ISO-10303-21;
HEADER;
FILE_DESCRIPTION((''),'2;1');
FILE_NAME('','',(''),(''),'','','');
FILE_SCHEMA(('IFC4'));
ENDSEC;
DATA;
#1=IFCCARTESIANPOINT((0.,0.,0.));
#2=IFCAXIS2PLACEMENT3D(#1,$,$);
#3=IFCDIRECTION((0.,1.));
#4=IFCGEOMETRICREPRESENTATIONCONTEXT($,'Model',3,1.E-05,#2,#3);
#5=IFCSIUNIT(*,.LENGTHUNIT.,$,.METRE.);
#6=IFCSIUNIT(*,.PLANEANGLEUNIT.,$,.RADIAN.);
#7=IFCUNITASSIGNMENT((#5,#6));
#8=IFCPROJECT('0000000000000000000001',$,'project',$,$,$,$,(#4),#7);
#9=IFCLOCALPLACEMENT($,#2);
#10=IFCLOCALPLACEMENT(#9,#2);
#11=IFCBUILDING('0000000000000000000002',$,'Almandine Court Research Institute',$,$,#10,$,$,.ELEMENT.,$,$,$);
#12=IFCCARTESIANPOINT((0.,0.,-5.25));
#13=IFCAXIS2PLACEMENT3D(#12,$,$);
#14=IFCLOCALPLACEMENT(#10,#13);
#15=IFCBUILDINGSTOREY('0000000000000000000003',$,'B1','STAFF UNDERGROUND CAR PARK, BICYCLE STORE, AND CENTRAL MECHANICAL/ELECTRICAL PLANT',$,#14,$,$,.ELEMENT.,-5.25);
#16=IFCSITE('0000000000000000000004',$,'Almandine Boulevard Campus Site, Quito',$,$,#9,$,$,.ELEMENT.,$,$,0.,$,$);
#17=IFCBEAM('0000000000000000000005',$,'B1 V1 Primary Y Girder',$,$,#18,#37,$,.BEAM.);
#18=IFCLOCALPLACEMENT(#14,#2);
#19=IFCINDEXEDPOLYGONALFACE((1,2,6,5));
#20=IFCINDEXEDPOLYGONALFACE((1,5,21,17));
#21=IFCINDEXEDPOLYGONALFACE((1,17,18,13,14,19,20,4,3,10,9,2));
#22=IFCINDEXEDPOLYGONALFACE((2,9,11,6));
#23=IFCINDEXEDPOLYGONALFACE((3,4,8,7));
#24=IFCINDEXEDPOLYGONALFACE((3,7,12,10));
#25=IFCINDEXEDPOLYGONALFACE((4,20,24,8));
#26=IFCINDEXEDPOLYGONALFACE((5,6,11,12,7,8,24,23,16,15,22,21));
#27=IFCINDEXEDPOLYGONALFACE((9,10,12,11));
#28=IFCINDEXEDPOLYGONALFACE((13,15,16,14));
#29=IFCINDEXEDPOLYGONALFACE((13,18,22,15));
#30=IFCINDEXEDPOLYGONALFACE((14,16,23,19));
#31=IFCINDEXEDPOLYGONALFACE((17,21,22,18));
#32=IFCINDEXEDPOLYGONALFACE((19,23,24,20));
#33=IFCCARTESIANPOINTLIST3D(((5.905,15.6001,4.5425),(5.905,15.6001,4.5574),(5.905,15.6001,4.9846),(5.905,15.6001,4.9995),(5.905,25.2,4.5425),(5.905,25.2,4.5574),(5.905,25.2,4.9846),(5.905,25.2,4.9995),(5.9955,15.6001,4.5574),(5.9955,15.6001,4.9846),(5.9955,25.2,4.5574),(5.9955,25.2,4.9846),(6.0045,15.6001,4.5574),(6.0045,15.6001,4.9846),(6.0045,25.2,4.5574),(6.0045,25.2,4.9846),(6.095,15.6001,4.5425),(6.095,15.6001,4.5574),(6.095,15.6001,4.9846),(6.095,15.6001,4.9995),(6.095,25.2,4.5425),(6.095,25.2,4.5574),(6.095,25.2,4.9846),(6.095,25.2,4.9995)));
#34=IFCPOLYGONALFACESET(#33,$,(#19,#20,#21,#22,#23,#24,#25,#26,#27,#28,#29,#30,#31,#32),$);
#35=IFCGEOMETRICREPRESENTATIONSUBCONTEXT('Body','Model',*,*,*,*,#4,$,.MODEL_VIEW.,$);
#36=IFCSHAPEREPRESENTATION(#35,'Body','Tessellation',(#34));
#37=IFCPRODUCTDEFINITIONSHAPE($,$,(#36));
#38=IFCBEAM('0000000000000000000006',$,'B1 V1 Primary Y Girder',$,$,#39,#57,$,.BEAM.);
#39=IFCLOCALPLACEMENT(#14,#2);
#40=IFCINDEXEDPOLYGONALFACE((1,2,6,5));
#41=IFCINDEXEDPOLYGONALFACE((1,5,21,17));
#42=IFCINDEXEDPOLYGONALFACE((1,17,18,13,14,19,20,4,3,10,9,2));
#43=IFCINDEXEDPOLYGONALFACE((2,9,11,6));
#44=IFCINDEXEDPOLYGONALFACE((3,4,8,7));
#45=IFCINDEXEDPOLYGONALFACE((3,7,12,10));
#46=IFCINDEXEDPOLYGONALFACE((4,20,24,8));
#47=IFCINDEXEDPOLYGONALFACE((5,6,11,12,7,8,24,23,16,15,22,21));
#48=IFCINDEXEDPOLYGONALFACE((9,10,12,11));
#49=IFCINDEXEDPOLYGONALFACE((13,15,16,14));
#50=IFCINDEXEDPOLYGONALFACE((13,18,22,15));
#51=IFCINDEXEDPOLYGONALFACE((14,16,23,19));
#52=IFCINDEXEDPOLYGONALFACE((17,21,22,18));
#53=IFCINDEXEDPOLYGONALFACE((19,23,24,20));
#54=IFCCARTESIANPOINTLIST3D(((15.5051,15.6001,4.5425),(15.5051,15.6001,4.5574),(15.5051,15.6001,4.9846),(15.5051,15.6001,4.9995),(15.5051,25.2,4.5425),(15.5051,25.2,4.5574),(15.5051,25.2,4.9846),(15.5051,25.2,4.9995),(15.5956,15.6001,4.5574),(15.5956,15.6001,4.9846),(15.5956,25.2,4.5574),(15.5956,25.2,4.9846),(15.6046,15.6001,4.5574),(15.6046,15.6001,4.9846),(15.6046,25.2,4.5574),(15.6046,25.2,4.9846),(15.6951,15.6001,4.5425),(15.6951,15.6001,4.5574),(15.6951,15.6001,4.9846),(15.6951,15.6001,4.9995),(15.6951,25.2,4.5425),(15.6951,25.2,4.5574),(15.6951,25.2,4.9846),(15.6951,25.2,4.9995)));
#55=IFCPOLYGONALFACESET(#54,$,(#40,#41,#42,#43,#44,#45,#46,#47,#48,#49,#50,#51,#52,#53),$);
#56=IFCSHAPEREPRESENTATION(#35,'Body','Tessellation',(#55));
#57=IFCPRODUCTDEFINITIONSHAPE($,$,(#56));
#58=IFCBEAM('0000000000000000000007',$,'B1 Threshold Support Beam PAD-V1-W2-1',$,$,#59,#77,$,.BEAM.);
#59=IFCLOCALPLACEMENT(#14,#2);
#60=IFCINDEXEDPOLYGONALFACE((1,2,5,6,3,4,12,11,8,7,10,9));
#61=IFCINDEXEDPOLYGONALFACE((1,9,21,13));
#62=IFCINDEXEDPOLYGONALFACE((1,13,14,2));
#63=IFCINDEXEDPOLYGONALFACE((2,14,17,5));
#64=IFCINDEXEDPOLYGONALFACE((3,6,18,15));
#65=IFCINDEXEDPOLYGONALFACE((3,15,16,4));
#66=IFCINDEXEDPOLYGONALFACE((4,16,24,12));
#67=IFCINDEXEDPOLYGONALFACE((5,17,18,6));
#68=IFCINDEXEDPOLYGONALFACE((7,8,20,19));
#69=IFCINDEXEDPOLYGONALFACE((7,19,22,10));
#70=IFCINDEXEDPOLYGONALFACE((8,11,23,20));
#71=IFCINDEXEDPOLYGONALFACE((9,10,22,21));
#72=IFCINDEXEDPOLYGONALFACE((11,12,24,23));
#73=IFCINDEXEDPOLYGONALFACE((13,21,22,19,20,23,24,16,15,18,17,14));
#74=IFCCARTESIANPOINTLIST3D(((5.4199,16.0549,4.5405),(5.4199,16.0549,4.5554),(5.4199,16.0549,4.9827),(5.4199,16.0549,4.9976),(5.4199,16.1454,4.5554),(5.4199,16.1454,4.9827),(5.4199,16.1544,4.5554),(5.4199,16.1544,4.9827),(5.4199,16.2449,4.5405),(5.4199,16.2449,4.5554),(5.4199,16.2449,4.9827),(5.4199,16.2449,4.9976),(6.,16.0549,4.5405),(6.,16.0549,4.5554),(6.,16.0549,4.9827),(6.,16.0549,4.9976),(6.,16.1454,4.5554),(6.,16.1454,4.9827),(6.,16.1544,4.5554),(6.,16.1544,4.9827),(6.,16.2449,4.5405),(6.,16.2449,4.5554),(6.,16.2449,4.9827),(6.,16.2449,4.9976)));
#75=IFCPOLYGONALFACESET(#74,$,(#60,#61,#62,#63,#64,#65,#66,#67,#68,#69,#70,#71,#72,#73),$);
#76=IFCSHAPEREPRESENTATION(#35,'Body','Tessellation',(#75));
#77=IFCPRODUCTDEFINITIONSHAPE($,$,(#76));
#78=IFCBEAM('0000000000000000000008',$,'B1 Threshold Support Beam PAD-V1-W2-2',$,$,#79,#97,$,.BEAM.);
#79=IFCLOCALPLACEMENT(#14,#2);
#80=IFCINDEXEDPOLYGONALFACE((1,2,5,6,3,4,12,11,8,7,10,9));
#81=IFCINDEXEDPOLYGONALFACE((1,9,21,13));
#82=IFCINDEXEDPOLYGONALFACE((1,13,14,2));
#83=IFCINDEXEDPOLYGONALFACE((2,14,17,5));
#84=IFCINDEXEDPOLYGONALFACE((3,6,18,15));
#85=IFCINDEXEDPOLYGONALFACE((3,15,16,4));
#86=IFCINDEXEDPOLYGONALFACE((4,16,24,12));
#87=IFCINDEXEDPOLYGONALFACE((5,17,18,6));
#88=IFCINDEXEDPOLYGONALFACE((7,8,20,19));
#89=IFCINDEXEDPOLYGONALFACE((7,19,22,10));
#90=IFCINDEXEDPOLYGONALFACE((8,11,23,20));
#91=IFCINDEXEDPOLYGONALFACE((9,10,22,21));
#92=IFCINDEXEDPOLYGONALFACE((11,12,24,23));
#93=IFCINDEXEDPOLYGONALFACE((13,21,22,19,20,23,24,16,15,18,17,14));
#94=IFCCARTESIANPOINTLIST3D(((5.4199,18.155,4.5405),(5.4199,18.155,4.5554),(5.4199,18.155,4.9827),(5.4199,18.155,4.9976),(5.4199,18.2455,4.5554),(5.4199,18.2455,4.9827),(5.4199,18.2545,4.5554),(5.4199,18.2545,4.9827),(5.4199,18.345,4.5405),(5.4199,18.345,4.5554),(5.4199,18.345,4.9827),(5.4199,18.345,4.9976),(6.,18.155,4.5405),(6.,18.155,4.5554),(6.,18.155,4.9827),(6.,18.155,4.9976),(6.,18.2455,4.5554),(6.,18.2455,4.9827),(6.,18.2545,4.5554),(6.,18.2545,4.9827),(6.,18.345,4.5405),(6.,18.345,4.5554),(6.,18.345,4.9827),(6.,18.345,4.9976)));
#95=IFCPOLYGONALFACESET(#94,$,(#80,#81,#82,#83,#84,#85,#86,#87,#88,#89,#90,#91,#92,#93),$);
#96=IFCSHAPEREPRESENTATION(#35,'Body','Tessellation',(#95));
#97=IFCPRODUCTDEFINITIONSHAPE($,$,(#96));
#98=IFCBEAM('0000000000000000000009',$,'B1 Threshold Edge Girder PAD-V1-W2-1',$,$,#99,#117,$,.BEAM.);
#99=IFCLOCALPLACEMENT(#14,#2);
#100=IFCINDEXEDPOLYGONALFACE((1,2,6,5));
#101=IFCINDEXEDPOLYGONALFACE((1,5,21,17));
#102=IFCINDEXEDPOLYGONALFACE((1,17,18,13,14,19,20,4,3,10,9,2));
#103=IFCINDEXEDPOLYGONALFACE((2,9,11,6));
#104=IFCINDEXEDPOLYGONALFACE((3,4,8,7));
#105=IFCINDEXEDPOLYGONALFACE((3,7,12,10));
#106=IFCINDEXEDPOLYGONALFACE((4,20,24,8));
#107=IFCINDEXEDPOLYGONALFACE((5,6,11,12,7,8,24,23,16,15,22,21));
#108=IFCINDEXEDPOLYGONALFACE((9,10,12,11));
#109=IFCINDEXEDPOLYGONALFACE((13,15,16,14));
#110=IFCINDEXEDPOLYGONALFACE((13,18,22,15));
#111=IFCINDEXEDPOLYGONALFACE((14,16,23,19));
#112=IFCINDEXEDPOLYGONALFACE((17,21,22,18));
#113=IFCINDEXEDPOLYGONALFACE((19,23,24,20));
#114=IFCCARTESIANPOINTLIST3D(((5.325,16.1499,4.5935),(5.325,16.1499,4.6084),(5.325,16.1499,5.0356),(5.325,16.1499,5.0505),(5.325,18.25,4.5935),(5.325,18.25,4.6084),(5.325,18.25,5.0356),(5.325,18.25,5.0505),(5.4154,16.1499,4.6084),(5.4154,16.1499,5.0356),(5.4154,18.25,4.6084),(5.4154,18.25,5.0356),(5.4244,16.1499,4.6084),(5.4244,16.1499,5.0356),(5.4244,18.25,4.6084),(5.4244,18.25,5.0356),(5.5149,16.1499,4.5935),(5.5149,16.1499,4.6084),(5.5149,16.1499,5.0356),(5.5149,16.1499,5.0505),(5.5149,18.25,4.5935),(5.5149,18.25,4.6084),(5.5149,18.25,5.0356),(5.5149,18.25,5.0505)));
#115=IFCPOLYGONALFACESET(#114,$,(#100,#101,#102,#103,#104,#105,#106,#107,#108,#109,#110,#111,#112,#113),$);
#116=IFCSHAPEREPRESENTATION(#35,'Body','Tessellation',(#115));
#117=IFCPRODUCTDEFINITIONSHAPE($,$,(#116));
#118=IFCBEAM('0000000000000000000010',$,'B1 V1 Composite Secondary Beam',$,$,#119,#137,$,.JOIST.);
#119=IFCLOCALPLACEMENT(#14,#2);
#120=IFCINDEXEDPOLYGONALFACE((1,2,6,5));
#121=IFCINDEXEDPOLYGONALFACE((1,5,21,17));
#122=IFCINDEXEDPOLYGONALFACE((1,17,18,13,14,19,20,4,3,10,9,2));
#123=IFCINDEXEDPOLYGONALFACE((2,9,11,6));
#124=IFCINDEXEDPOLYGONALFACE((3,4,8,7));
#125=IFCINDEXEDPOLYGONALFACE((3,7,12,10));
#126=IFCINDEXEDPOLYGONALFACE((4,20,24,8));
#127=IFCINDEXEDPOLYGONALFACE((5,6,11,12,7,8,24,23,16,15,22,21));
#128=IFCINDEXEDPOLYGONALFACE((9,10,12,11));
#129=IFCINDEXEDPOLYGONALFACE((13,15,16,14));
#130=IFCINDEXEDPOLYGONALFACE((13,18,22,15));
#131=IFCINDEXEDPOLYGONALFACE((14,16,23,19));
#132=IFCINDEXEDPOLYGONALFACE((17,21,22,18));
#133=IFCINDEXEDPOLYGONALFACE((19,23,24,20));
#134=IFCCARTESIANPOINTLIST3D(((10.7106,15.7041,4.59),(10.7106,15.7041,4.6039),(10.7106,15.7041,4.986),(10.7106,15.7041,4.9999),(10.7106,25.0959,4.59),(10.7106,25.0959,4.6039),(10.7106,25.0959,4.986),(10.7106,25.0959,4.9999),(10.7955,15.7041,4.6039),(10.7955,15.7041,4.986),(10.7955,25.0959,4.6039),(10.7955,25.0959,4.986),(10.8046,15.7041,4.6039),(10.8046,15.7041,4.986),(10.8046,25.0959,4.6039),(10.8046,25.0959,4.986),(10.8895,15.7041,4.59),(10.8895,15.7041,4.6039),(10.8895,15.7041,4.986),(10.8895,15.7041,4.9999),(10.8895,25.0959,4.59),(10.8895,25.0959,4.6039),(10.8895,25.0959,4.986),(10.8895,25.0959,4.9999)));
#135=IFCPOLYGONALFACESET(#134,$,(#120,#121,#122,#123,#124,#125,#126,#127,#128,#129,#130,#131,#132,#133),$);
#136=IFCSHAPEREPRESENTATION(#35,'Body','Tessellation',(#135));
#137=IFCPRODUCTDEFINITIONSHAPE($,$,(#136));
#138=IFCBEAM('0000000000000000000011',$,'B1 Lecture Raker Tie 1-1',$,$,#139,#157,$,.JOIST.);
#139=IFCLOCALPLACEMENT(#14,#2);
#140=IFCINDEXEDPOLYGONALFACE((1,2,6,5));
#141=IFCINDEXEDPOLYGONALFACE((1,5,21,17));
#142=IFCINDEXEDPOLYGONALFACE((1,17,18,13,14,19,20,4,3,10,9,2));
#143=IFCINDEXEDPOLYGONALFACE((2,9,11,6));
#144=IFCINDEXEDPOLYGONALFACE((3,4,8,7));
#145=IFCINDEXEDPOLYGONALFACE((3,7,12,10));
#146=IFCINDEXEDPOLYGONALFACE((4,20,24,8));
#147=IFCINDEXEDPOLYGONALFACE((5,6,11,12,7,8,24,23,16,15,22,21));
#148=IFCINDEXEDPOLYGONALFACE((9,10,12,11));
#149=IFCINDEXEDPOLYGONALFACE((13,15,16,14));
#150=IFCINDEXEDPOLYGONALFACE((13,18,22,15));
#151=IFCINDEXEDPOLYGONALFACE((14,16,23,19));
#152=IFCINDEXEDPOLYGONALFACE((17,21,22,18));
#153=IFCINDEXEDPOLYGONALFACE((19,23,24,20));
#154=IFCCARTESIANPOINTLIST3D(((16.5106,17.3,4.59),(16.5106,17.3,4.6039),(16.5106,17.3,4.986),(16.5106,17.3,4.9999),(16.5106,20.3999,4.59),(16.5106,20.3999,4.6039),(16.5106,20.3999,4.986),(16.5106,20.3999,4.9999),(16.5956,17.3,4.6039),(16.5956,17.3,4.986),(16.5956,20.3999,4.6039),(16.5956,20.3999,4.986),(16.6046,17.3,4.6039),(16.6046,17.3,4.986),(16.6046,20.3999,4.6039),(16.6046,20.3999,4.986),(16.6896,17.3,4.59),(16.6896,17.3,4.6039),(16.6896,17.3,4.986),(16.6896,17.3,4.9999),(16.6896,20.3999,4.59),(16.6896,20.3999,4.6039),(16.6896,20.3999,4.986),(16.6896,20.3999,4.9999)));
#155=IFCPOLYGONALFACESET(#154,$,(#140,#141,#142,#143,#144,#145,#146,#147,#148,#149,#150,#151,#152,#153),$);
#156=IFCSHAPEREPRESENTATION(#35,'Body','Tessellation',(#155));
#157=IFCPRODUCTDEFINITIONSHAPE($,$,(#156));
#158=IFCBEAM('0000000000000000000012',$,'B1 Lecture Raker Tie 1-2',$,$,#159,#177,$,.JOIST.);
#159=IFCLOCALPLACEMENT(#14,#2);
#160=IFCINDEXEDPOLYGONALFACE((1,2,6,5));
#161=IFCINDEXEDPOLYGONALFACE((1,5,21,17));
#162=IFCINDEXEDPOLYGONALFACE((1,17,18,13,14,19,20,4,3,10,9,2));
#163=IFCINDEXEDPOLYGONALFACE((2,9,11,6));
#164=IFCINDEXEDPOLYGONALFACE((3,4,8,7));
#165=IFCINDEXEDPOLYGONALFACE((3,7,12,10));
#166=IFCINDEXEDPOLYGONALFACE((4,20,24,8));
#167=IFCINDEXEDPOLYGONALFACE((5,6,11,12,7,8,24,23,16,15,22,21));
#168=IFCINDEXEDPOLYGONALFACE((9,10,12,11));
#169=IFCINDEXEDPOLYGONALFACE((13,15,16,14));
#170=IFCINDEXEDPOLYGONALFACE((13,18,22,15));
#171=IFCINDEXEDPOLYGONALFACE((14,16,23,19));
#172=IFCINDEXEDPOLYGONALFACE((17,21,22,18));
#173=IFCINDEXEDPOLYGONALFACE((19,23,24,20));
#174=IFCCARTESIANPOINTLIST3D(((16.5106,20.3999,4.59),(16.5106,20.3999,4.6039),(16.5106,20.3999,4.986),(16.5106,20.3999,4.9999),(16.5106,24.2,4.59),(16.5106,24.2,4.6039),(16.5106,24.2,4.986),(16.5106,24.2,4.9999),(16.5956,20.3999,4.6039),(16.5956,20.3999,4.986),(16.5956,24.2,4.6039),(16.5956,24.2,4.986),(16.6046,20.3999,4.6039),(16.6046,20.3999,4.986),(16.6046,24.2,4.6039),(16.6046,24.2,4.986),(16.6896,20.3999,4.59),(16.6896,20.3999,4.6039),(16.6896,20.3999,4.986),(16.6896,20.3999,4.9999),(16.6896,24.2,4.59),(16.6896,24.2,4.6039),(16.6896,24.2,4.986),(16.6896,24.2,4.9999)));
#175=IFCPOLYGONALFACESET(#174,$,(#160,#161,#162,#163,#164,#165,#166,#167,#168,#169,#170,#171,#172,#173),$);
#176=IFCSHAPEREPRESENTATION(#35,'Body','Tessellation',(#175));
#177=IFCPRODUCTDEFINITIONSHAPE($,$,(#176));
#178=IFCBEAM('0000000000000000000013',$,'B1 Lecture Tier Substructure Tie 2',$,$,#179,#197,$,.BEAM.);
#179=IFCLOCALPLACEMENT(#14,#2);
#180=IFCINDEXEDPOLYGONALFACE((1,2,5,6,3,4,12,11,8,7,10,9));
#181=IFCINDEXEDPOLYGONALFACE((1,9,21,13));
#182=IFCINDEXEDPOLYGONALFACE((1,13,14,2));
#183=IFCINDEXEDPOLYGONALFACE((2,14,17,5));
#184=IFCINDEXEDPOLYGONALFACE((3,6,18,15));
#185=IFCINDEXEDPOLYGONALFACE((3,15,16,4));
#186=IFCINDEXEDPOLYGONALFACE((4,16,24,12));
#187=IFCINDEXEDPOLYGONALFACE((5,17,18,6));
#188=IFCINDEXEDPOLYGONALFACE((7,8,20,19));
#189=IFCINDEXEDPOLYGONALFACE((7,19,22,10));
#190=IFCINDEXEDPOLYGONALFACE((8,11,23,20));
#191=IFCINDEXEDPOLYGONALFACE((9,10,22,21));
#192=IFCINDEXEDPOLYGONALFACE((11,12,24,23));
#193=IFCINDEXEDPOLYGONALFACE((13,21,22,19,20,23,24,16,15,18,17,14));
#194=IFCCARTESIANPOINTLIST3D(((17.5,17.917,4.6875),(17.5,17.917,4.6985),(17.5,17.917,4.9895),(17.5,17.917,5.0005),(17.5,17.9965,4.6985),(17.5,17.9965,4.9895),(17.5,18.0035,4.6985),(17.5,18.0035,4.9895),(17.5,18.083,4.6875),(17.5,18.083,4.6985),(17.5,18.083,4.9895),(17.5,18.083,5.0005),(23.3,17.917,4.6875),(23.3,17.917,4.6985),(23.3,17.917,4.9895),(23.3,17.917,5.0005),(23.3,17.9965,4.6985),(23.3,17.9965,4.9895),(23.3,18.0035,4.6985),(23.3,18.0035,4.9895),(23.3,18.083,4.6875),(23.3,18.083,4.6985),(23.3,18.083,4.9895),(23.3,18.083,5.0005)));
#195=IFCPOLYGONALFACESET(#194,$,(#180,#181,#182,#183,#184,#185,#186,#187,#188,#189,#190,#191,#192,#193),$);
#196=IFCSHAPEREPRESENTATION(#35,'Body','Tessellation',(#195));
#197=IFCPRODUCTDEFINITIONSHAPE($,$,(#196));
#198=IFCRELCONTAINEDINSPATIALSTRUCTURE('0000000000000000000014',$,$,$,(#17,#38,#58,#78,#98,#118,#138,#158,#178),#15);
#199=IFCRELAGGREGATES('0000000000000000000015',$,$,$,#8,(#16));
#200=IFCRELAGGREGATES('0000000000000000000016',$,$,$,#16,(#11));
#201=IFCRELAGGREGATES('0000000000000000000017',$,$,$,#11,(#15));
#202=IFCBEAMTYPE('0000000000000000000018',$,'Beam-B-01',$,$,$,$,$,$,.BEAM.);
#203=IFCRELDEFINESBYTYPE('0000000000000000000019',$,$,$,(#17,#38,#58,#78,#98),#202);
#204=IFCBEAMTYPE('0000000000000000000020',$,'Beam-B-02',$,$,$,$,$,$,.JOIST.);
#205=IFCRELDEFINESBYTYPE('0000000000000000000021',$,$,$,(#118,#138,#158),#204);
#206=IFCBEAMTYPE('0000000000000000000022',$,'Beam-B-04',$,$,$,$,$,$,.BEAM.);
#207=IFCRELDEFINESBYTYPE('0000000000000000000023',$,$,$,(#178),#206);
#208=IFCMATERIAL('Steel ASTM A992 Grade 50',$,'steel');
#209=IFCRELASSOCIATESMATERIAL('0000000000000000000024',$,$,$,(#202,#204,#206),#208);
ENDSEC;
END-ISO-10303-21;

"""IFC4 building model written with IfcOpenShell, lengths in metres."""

from ifc_helpers import new_model, si_unit, direction, frame, origin, origin_2d, place, context, subcontext, project, spatial, i_section, extrude, material, material_profile, profile_set, type_object, element, save


model = new_model("IFC4")

# Units and contexts
model_context = context("Model", 3, precision=1e-05, world=origin(), true_north=direction((0.0, 1.0)))
body_context = subcontext(model_context, "Body", "Model", "MODEL_VIEW")
ifc_project = project(units=[si_unit("LENGTHUNIT", "METRE"), si_unit("PLANEANGLEUNIT", "RADIAN")], contexts=[model_context])

# Site, building, storey
site_placement = place(None, origin())
site = spatial("IfcSite", under=ifc_project, at=site_placement, Name="Almandine Boulevard Campus Site, Quito", CompositionType="ELEMENT", RefElevation=0.0)
building_placement = place(site_placement, origin())
building = spatial("IfcBuilding", under=site, at=building_placement, Name="Almandine Court Research Institute", CompositionType="ELEMENT")
storey_placement = place(building_placement, frame((0.0, 0.0, -5.25)))
storey = spatial("IfcBuildingStorey", under=building, at=storey_placement, Name="B1", Description="STAFF UNDERGROUND CAR PARK, BICYCLE STORE, AND CENTRAL MECHANICAL/ELECTRICAL PLANT", CompositionType="ELEMENT", Elevation=-5.25)

# Shared definitions
ifc_material_1 = material(Name="Steel ASTM A992 Grade 50", Category="steel")

# Beams
ifc_material_profile_1 = material_profile(ifc_material_1, i_section(OverallWidth=0.1899, OverallDepth=0.457, WebThickness=0.009, FlangeThickness=0.0149, at=origin_2d()), Name="W460x74")
ifc_profile_set_1 = profile_set([ifc_material_profile_1], Name="Steel ASTM A992 Grade 50")
beam_type_1 = type_object("IfcBeamType", Name="Beam-B-01", PredefinedType="BEAM", material=ifc_profile_set_1)
for number, where, z_axis, x_axis, name in (
    (1, (6.0, 15.6001, 4.771), (0.0, 1.0, 0.0), (-1.0, 0.0, 0.0), "B1 V1 Primary Y Girder"),
    (2, (15.6001, 15.6001, 4.771), (0.0, 1.0, 0.0), (-1.0, 0.0, 0.0), "B1 V1 Primary Y Girder"),
):
    element("IfcBeam", number, at=place(storey_placement, frame(where, z_axis=z_axis, x_axis=x_axis)), inside=storey, type_object=beam_type_1, Name=name, PredefinedType="BEAM", context=body_context, shape_type="SweptSolid", body=[
        extrude(i_section(OverallWidth=0.1899, OverallDepth=0.457, WebThickness=0.009, FlangeThickness=0.0149, at=origin_2d()), origin(), (0.0, 0.0, 1.0), 9.5999),
    ])
for number, where, z_axis, x_axis, name in (
    (3, (5.4199, 16.1499, 4.769), (1.0, 0.0, 0.0), (0.0, 1.0, 0.0), "B1 Threshold Support Beam PAD-V1-W2-1"),
    (4, (5.4199, 18.25, 4.769), (1.0, 0.0, 0.0), (0.0, 1.0, 0.0), "B1 Threshold Support Beam PAD-V1-W2-2"),
):
    element("IfcBeam", number, at=place(storey_placement, frame(where, z_axis=z_axis, x_axis=x_axis)), inside=storey, type_object=beam_type_1, Name=name, PredefinedType="BEAM", context=body_context, shape_type="SweptSolid", body=[
        extrude(i_section(OverallWidth=0.1899, OverallDepth=0.457, WebThickness=0.009, FlangeThickness=0.0149, at=origin_2d()), origin(), (0.0, 0.0, 1.0), 0.5801),
    ])
beam_1_placement = place(storey_placement, frame((5.4199, 16.1499, 4.822), z_axis=(0.0, 1.0, 0.0), x_axis=(-1.0, 0.0, 0.0)))
element("IfcBeam", 5, at=beam_1_placement, inside=storey, type_object=beam_type_1, Name="B1 Threshold Edge Girder PAD-V1-W2-1", PredefinedType="BEAM", context=body_context, shape_type="SweptSolid", body=[
    extrude(i_section(OverallWidth=0.1899, OverallDepth=0.457, WebThickness=0.009, FlangeThickness=0.0149, at=origin_2d()), origin(), (0.0, 0.0, 1.0), 2.1001),
])
ifc_material_profile_2 = material_profile(ifc_material_1, i_section(OverallWidth=0.179, OverallDepth=0.4099, WebThickness=0.009, FlangeThickness=0.0139, at=origin_2d()), Name="W410x67")
ifc_profile_set_2 = profile_set([ifc_material_profile_2], Name="Steel ASTM A992 Grade 50")
beam_type_2 = type_object("IfcBeamType", Name="Beam-B-02", PredefinedType="JOIST", material=ifc_profile_set_2)
beam_2_placement = place(storey_placement, frame((10.8, 15.7041, 4.7949), z_axis=(0.0, 1.0, 0.0), x_axis=(-1.0, 0.0, 0.0)))
element("IfcBeam", 6, at=beam_2_placement, inside=storey, type_object=beam_type_2, Name="B1 V1 Composite Secondary Beam", PredefinedType="JOIST", context=body_context, shape_type="SweptSolid", body=[
    extrude(i_section(OverallWidth=0.179, OverallDepth=0.4099, WebThickness=0.009, FlangeThickness=0.0139, at=origin_2d()), origin(), (0.0, 0.0, 1.0), 9.3918),
])
beam_3_placement = place(storey_placement, frame((16.6001, 17.3, 4.7949), z_axis=(0.0, 1.0, 0.0), x_axis=(-1.0, 0.0, 0.0)))
element("IfcBeam", 7, at=beam_3_placement, inside=storey, type_object=beam_type_2, Name="B1 Lecture Raker Tie 1-1", PredefinedType="JOIST", context=body_context, shape_type="SweptSolid", body=[
    extrude(i_section(OverallWidth=0.179, OverallDepth=0.4099, WebThickness=0.009, FlangeThickness=0.0139, at=origin_2d()), origin(), (0.0, 0.0, 1.0), 3.0999),
])
beam_4_placement = place(storey_placement, frame((16.6001, 20.3999, 4.7949), z_axis=(0.0, 1.0, 0.0), x_axis=(-1.0, 0.0, 0.0)))
element("IfcBeam", 8, at=beam_4_placement, inside=storey, type_object=beam_type_2, Name="B1 Lecture Raker Tie 1-2", PredefinedType="JOIST", context=body_context, shape_type="SweptSolid", body=[
    extrude(i_section(OverallWidth=0.179, OverallDepth=0.4099, WebThickness=0.009, FlangeThickness=0.0139, at=origin_2d()), origin(), (0.0, 0.0, 1.0), 3.8),
])
ifc_material_profile_3 = material_profile(ifc_material_1, i_section(OverallWidth=0.166, OverallDepth=0.313, WebThickness=0.0071, FlangeThickness=0.011, at=origin_2d()), Name="W310x45")
ifc_profile_set_3 = profile_set([ifc_material_profile_3], Name="Steel ASTM A992 Grade 50")
beam_type_3 = type_object("IfcBeamType", Name="Beam-B-04", PredefinedType="BEAM", material=ifc_profile_set_3)
for number, where, z_axis, x_axis, name in (
    (9, (17.5, 18.0, 4.844), (1.0, 0.0, 0.0), (0.0, 1.0, 0.0), "B1 Lecture Tier Substructure Tie 2"),
):
    element("IfcBeam", number, at=place(storey_placement, frame(where, z_axis=z_axis, x_axis=x_axis)), inside=storey, type_object=beam_type_3, Name=name, PredefinedType="BEAM", context=body_context, shape_type="SweptSolid", body=[
        extrude(i_section(OverallWidth=0.166, OverallDepth=0.313, WebThickness=0.0071, FlangeThickness=0.011, at=origin_2d()), origin(), (0.0, 0.0, 1.0), 5.8),
    ])

save(model, "model.ifc")
